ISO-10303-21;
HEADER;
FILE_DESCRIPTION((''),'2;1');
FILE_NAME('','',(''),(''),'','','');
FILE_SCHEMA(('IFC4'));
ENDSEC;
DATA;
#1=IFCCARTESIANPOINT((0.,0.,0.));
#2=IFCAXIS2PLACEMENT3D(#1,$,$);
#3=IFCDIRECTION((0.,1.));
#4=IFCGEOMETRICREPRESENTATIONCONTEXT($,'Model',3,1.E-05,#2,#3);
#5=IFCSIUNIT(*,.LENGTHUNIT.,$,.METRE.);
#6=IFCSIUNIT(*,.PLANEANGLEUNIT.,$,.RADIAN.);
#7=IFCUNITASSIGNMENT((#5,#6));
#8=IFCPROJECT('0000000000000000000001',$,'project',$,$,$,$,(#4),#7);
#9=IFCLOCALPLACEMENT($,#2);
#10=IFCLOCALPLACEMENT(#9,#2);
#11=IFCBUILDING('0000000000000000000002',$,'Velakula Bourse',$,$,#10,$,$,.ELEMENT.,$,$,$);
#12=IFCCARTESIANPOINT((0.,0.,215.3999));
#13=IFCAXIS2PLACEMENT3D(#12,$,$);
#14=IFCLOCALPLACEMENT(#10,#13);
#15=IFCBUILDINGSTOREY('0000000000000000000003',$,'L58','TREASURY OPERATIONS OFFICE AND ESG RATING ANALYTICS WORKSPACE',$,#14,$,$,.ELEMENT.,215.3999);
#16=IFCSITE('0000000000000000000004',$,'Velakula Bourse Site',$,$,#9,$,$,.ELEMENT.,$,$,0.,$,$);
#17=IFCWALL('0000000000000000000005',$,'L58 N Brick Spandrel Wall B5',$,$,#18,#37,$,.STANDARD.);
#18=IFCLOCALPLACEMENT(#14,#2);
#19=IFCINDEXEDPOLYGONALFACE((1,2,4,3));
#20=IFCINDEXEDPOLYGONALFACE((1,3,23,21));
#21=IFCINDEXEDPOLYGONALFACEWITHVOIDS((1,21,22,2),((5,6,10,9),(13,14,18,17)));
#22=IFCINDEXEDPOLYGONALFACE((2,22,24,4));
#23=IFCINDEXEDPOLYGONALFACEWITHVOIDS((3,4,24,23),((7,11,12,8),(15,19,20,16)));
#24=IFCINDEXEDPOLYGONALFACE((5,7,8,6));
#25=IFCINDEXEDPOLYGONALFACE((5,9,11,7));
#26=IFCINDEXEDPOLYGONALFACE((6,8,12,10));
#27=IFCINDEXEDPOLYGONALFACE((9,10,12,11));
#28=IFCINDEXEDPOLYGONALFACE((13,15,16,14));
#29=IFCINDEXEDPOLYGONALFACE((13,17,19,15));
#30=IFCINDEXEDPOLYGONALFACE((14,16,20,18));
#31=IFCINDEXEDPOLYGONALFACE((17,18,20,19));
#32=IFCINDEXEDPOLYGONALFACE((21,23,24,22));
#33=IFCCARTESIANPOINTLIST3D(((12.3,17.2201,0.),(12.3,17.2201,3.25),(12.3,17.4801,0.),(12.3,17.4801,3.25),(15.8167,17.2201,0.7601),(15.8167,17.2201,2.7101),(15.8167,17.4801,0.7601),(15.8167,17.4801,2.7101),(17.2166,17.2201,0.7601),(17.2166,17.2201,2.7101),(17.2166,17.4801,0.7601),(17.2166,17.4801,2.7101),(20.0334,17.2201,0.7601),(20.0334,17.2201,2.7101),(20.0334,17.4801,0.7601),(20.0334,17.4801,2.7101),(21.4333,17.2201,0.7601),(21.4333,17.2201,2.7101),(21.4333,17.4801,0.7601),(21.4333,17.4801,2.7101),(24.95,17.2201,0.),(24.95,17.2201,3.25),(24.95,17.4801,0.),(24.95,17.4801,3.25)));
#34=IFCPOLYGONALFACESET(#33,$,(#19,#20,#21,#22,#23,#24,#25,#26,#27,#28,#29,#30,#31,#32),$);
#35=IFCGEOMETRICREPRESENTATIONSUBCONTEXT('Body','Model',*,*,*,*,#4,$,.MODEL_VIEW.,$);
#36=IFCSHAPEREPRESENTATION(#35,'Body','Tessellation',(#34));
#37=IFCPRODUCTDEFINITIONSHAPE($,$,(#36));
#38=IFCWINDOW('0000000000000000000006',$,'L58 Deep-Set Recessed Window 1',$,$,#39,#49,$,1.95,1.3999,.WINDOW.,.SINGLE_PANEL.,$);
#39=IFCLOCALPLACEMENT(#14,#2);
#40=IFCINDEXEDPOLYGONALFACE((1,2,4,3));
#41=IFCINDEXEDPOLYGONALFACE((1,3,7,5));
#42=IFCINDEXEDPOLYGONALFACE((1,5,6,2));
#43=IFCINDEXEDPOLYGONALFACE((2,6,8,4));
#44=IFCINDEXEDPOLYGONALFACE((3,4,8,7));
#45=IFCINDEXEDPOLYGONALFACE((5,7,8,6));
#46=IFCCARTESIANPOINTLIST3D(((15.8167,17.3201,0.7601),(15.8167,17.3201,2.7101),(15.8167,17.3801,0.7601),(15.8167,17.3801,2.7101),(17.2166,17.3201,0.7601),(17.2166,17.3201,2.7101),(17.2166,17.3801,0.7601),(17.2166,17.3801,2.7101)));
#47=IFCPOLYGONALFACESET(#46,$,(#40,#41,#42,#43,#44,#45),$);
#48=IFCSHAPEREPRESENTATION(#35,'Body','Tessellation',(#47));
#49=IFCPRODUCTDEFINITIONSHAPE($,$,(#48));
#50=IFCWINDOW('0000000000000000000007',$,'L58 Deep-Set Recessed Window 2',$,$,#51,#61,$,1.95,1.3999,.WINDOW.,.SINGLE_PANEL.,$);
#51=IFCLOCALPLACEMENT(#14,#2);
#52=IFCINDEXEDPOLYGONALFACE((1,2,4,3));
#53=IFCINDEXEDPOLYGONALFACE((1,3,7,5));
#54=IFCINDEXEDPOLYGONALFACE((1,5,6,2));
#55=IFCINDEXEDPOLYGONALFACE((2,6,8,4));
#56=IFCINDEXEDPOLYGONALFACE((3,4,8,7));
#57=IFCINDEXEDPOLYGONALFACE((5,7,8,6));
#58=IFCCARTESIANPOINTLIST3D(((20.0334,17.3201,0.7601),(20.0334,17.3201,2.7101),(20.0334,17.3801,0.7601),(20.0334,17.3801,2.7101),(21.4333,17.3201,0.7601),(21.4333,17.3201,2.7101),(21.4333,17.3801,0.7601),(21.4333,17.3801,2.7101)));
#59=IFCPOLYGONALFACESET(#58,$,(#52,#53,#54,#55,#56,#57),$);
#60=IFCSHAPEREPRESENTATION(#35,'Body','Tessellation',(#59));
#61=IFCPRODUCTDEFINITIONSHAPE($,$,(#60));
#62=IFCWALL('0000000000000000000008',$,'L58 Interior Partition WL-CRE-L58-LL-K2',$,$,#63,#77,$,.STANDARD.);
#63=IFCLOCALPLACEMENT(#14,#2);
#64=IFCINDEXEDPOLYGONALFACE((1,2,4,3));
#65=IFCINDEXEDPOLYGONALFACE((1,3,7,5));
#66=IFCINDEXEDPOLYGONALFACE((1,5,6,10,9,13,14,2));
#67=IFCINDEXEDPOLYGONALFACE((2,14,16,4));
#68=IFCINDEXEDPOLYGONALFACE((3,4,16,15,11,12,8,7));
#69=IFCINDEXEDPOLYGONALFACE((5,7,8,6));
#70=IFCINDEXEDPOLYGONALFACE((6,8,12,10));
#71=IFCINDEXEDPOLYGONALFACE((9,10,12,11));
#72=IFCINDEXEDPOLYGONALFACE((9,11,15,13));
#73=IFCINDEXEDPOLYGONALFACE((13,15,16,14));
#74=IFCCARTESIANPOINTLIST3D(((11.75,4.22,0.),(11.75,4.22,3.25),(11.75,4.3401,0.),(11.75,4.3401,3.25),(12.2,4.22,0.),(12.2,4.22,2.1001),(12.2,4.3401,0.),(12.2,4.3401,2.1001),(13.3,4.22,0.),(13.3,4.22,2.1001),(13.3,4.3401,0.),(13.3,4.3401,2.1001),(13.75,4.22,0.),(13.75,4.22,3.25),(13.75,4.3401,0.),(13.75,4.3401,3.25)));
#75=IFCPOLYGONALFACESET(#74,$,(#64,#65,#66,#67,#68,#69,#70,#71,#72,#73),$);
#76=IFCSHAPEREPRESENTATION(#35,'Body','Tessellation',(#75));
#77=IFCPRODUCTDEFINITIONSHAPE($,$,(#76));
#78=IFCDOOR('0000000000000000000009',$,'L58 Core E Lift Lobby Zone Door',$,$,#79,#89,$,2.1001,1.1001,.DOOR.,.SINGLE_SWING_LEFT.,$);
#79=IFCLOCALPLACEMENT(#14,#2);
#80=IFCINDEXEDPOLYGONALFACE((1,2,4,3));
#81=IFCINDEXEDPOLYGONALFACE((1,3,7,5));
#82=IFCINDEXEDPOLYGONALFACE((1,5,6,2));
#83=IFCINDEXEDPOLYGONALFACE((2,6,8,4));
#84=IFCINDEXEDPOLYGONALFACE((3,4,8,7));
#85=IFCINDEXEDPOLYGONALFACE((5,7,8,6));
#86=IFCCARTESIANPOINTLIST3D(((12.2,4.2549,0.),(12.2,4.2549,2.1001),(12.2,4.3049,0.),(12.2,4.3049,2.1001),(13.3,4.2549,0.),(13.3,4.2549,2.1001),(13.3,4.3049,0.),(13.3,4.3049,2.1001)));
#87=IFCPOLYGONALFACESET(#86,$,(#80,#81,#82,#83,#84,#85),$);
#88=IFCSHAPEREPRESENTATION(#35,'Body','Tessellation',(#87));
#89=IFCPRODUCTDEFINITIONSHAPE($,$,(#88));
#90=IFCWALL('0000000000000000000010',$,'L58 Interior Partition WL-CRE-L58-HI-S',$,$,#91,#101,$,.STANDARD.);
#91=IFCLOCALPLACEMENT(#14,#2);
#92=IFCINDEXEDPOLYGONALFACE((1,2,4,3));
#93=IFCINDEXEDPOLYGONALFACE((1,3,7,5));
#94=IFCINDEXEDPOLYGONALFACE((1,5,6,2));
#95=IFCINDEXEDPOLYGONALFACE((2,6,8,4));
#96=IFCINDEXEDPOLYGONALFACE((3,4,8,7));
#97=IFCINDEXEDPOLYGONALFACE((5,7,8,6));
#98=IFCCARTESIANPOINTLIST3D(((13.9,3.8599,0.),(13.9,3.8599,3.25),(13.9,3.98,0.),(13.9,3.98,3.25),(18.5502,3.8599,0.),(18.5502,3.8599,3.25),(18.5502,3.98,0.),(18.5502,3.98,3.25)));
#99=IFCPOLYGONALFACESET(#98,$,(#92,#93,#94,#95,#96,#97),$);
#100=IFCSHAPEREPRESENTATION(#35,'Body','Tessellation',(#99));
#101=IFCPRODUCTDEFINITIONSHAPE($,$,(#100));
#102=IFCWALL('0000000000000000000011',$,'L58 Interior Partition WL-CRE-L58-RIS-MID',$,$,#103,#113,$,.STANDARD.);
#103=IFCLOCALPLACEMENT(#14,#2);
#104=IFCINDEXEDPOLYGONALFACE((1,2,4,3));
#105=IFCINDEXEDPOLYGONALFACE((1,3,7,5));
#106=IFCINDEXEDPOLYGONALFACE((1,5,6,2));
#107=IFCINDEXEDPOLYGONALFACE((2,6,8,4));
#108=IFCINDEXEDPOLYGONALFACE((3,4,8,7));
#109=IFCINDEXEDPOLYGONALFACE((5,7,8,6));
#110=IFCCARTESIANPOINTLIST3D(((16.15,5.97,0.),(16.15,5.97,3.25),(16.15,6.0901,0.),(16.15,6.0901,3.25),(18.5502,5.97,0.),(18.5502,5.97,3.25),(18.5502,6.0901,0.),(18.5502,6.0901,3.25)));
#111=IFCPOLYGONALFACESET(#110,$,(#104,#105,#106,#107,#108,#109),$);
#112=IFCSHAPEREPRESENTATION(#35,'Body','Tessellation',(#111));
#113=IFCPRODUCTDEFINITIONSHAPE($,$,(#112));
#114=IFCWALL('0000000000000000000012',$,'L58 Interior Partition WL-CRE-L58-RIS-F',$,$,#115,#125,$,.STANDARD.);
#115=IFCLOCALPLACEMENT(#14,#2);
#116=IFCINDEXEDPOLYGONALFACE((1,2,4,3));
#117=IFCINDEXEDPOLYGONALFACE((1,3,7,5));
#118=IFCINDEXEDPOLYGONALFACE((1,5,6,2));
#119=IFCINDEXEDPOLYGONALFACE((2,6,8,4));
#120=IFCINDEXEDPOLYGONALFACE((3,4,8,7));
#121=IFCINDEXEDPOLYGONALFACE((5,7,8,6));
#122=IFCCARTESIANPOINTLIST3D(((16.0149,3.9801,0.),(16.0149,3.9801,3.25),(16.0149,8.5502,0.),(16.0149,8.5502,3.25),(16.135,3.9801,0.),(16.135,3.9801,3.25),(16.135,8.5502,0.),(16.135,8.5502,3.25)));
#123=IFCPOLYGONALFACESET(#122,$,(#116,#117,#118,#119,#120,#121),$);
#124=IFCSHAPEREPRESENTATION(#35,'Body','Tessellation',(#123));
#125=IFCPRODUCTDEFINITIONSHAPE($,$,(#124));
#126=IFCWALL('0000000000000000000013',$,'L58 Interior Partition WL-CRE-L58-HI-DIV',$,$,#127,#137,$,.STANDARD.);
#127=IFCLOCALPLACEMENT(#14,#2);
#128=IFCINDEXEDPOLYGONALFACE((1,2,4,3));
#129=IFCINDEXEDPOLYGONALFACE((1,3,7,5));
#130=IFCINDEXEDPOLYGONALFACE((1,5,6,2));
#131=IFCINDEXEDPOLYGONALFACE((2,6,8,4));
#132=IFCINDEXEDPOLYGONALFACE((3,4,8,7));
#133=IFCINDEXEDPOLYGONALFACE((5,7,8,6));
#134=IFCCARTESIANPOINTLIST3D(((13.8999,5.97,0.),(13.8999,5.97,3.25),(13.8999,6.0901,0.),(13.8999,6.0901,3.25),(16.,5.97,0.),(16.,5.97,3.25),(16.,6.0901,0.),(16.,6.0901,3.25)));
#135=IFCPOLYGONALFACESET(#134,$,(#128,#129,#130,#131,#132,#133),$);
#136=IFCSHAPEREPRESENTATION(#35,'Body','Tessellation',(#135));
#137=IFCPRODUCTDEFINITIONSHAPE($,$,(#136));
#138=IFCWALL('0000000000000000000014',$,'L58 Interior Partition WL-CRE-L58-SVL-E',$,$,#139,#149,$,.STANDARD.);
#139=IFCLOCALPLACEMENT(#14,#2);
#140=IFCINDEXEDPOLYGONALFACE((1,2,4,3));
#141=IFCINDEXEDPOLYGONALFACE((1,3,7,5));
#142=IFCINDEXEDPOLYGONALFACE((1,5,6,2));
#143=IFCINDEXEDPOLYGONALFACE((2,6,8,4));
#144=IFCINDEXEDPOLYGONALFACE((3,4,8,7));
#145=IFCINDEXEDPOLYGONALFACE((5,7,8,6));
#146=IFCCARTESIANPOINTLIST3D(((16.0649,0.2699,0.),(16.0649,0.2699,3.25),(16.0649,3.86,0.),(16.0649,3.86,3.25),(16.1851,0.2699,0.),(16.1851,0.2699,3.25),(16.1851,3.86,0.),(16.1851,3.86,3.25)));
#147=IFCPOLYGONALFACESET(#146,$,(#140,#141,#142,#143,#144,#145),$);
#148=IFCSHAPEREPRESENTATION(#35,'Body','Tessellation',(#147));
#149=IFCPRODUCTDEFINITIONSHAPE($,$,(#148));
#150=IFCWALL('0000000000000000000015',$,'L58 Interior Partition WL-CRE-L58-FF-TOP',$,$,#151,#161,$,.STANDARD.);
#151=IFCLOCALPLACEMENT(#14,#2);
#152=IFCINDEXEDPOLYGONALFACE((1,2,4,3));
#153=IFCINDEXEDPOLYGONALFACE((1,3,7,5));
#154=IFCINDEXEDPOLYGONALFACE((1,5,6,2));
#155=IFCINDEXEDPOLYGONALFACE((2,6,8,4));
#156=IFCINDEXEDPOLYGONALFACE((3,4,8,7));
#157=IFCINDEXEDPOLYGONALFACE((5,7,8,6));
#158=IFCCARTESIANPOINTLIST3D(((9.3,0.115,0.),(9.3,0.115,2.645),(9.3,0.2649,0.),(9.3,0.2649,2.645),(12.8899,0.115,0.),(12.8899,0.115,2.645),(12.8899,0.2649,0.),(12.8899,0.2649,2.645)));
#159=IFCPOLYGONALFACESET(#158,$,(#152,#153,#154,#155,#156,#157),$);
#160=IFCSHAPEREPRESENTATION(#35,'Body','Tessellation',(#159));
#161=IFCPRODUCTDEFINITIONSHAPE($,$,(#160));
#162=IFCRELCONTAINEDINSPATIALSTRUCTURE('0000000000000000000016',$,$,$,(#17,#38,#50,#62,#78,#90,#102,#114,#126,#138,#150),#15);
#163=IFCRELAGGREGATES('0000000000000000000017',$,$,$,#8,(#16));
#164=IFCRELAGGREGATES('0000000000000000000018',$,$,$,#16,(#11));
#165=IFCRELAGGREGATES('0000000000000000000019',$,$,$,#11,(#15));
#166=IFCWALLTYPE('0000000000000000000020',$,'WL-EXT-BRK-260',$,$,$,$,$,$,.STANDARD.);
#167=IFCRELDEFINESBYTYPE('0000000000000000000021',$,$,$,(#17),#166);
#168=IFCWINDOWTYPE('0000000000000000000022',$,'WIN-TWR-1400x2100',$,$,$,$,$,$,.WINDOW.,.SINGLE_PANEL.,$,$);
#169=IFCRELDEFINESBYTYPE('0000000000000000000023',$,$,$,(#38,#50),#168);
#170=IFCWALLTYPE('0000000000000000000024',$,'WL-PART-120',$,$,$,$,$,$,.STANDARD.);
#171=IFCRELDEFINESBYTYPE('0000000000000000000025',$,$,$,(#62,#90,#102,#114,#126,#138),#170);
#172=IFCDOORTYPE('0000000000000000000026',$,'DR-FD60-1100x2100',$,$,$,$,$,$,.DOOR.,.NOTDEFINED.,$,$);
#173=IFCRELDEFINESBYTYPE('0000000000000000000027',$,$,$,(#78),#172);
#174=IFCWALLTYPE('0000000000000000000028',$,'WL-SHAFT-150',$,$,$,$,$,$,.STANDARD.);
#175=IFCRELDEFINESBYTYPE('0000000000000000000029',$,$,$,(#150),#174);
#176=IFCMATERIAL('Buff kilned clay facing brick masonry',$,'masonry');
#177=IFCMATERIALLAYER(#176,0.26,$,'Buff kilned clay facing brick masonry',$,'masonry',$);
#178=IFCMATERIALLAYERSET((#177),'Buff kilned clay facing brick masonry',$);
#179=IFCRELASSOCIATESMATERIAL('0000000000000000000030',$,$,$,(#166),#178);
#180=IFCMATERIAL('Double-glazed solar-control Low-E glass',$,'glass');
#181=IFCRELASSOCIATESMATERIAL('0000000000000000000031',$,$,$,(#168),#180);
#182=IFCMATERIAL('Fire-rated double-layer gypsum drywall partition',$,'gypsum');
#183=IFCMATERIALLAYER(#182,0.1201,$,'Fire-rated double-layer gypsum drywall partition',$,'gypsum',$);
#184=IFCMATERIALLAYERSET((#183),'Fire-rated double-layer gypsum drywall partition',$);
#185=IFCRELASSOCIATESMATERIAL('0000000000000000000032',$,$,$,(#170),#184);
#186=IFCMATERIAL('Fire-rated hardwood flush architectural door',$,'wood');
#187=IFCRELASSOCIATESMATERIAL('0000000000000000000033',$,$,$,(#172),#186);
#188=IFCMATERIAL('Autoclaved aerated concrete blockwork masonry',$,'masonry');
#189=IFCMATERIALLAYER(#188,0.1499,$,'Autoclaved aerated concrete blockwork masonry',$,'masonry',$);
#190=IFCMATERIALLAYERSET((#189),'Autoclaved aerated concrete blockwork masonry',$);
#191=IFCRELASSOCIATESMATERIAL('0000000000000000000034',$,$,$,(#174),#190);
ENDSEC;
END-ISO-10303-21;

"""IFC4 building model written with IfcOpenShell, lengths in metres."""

from ifc_helpers import new_model, si_unit, direction, frame, frame_2d, origin, place, context, subcontext, project, spatial, rectangle, extrude, material, layer, layer_set, type_object, element, fill, save


model = new_model("IFC4")

# Units and contexts
model_context = context("Model", 3, precision=1e-05, world=origin(), true_north=direction((0.0, 1.0)))
body_context = subcontext(model_context, "Body", "Model", "MODEL_VIEW")
ifc_project = project(units=[si_unit("LENGTHUNIT", "METRE"), si_unit("PLANEANGLEUNIT", "RADIAN")], contexts=[model_context])

# Site, building, storey
site_placement = place(None, origin())
site = spatial("IfcSite", under=ifc_project, at=site_placement, Name="Velakula Bourse Site", CompositionType="ELEMENT", RefElevation=0.0)
building_placement = place(site_placement, origin())
building = spatial("IfcBuilding", under=site, at=building_placement, Name="Velakula Bourse", CompositionType="ELEMENT")
storey_placement = place(building_placement, frame((0.0, 0.0, 215.3999)))
storey = spatial("IfcBuildingStorey", under=building, at=storey_placement, Name="L58", Description="TREASURY OPERATIONS OFFICE AND ESG RATING ANALYTICS WORKSPACE", CompositionType="ELEMENT", Elevation=215.3999)

# Wall, openings, windows
ifc_material_1 = material(Name="Buff kilned clay facing brick masonry", Category="masonry")
ifc_layer_1 = layer(ifc_material_1, 0.26, Name="Buff kilned clay facing brick masonry", Category="masonry")
ifc_layer_set_1 = layer_set([ifc_layer_1], Name="Buff kilned clay facing brick masonry")
wall_type_1 = type_object("IfcWallType", Name="WL-EXT-BRK-260", PredefinedType="STANDARD", material=ifc_layer_set_1)
wall_1_placement = place(storey_placement, frame((12.3, 17.3501, 0.0), z_axis=(0.0, 0.0, 1.0), x_axis=(1.0, 0.0, 0.0)))
wall_1 = element("IfcWall", 1, at=wall_1_placement, inside=storey, type_object=wall_type_1, Name="L58 N Brick Spandrel Wall B5", PredefinedType="STANDARD", context=body_context, shape_type="SweptSolid", body=[
    extrude(rectangle(XDim=12.6499, YDim=0.26, at=frame_2d((6.325, 0.0))), origin(), (0.0, 0.0, 1.0), 3.25),
])
opening_1_placement = place(wall_1_placement, frame((3.5166, 0.0, 0.76)))
opening_1 = element("IfcOpeningElement", 2, at=opening_1_placement, cuts=wall_1, PredefinedType="OPENING", context=body_context, shape_type="SweptSolid", body=[
    extrude(rectangle(XDim=1.3999, YDim=1.95, at=frame_2d((0.7, 0.9751))), frame((0.0, 0.1399, 0.0), z_axis=(0.0, -1.0, 0.0), x_axis=(1.0, 0.0, 0.0)), (0.0, 0.0, 1.0), 0.28),
])
opening_2_placement = place(wall_1_placement, frame((7.7334, 0.0, 0.76)))
opening_2 = element("IfcOpeningElement", 3, at=opening_2_placement, cuts=wall_1, PredefinedType="OPENING", context=body_context, shape_type="SweptSolid", body=[
    extrude(rectangle(XDim=1.3999, YDim=1.95, at=frame_2d((0.7, 0.9751))), frame((0.0, 0.1399, 0.0), z_axis=(0.0, -1.0, 0.0), x_axis=(1.0, 0.0, 0.0)), (0.0, 0.0, 1.0), 0.28),
])
ifc_material_2 = material(Name="Double-glazed solar-control Low-E glass", Category="glass")
window_type = type_object("IfcWindowType", Name="WIN-TWR-1400x2100", PartitioningType="SINGLE_PANEL", PredefinedType="WINDOW", material=ifc_material_2)
window_1_placement = place(opening_1_placement, origin())
window_1 = element("IfcWindow", 4, at=window_1_placement, inside=storey, type_object=window_type, Name="L58 Deep-Set Recessed Window 1", OverallHeight=1.95, OverallWidth=1.3999, PartitioningType="SINGLE_PANEL", PredefinedType="WINDOW", context=body_context, shape_type="SweptSolid", body=[
    extrude(rectangle(XDim=1.3999, YDim=1.95, at=frame_2d((0.7, 0.9751))), frame((0.0, 0.03, 0.0), z_axis=(0.0, -1.0, 0.0), x_axis=(1.0, 0.0, 0.0)), (0.0, 0.0, 1.0), 0.0601),
])
fill(opening_1, window_1)
window_2_placement = place(opening_2_placement, origin())
window_2 = element("IfcWindow", 5, at=window_2_placement, inside=storey, type_object=window_type, Name="L58 Deep-Set Recessed Window 2", OverallHeight=1.95, OverallWidth=1.3999, PartitioningType="SINGLE_PANEL", PredefinedType="WINDOW", context=body_context, shape_type="SweptSolid", body=[
    extrude(rectangle(XDim=1.3999, YDim=1.95, at=frame_2d((0.7, 0.9751))), frame((0.0, 0.03, 0.0), z_axis=(0.0, -1.0, 0.0), x_axis=(1.0, 0.0, 0.0)), (0.0, 0.0, 1.0), 0.0601),
])
fill(opening_2, window_2)

# Wall, opening, door
ifc_material_3 = material(Name="Fire-rated double-layer gypsum drywall partition", Category="gypsum")
ifc_layer_2 = layer(ifc_material_3, 0.1201, Name="Fire-rated double-layer gypsum drywall partition", Category="gypsum")
ifc_layer_set_2 = layer_set([ifc_layer_2], Name="Fire-rated double-layer gypsum drywall partition")
wall_type_2 = type_object("IfcWallType", Name="WL-PART-120", PredefinedType="STANDARD", material=ifc_layer_set_2)
wall_2_placement = place(storey_placement, frame((11.75, 4.28, 0.0), z_axis=(0.0, 0.0, 1.0), x_axis=(1.0, 0.0, 0.0)))
wall_2 = element("IfcWall", 6, at=wall_2_placement, inside=storey, type_object=wall_type_2, Name="L58 Interior Partition WL-CRE-L58-LL-K2", PredefinedType="STANDARD", context=body_context, shape_type="SweptSolid", body=[
    extrude(rectangle(XDim=2.0, YDim=0.1201, at=frame_2d((1.0, 0.0))), origin(), (0.0, 0.0, 1.0), 3.25),
])
opening_3_placement = place(wall_2_placement, frame((0.45, 0.0, 0.0)))
opening_3 = element("IfcOpeningElement", 7, at=opening_3_placement, cuts=wall_2, PredefinedType="OPENING", context=body_context, shape_type="SweptSolid", body=[
    extrude(rectangle(XDim=1.1001, YDim=2.1001, at=frame_2d((0.55, 1.05))), frame((0.0, 0.0701, 0.0), z_axis=(0.0, -1.0, 0.0), x_axis=(1.0, 0.0, 0.0)), (0.0, 0.0, 1.0), 0.1401),
])
ifc_material_4 = material(Name="Fire-rated hardwood flush architectural door", Category="wood")
door_type_1 = type_object("IfcDoorType", Name="DR-FD60-1100x2100", OperationType="NOTDEFINED", PredefinedType="DOOR", material=ifc_material_4)
door_1_placement = place(opening_3_placement, origin())
door_1 = element("IfcDoor", 8, at=door_1_placement, inside=storey, type_object=door_type_1, Name="L58 Core E Lift Lobby Zone Door", OperationType="SINGLE_SWING_LEFT", OverallHeight=2.1001, OverallWidth=1.1001, PredefinedType="DOOR", context=body_context, shape_type="SweptSolid", body=[
    extrude(rectangle(XDim=1.1001, YDim=2.1001, at=frame_2d((0.55, 1.05))), frame((0.0, 0.0249, 0.0), z_axis=(0.0, -1.0, 0.0), x_axis=(1.0, 0.0, 0.0)), (0.0, 0.0, 1.0), 0.05),
])
fill(opening_3, door_1)

# Walls
wall_3_placement = place(storey_placement, frame((13.8999, 3.9199, 0.0), z_axis=(0.0, 0.0, 1.0), x_axis=(1.0, 0.0, 0.0)))
element("IfcWall", 9, at=wall_3_placement, inside=storey, type_object=wall_type_2, Name="L58 Interior Partition WL-CRE-L58-HI-S", PredefinedType="STANDARD", context=body_context, shape_type="SweptSolid", body=[
    extrude(rectangle(XDim=4.6501, YDim=0.1201, at=frame_2d((2.3252, 0.0))), origin(), (0.0, 0.0, 1.0), 3.25),
])
wall_4_placement = place(storey_placement, frame((16.1499, 6.03, 0.0), z_axis=(0.0, 0.0, 1.0), x_axis=(1.0, 0.0, 0.0)))
element("IfcWall", 10, at=wall_4_placement, inside=storey, type_object=wall_type_2, Name="L58 Interior Partition WL-CRE-L58-RIS-MID", PredefinedType="STANDARD", context=body_context, shape_type="SweptSolid", body=[
    extrude(rectangle(XDim=2.4001, YDim=0.1201, at=frame_2d((1.2002, 0.0))), origin(), (0.0, 0.0, 1.0), 3.25),
])
wall_5_placement = place(storey_placement, frame((16.075, 3.98, 0.0), z_axis=(0.0, 0.0, 1.0), x_axis=(0.0, 1.0, 0.0)))
element("IfcWall", 11, at=wall_5_placement, inside=storey, type_object=wall_type_2, Name="L58 Interior Partition WL-CRE-L58-RIS-F", PredefinedType="STANDARD", context=body_context, shape_type="SweptSolid", body=[
    extrude(rectangle(XDim=4.5701, YDim=0.1201, at=frame_2d((2.2852, 0.0))), origin(), (0.0, 0.0, 1.0), 3.25),
])
wall_6_placement = place(storey_placement, frame((13.8999, 6.03, 0.0), z_axis=(0.0, 0.0, 1.0), x_axis=(1.0, 0.0, 0.0)))
element("IfcWall", 12, at=wall_6_placement, inside=storey, type_object=wall_type_2, Name="L58 Interior Partition WL-CRE-L58-HI-DIV", PredefinedType="STANDARD", context=body_context, shape_type="SweptSolid", body=[
    extrude(rectangle(XDim=2.1001, YDim=0.1201, at=frame_2d((1.05, 0.0))), origin(), (0.0, 0.0, 1.0), 3.25),
])
wall_7_placement = place(storey_placement, frame((16.125, 0.27, 0.0), z_axis=(0.0, 0.0, 1.0), x_axis=(0.0, 1.0, 0.0)))
element("IfcWall", 13, at=wall_7_placement, inside=storey, type_object=wall_type_2, Name="L58 Interior Partition WL-CRE-L58-SVL-E", PredefinedType="STANDARD", context=body_context, shape_type="SweptSolid", body=[
    extrude(rectangle(XDim=3.5901, YDim=0.1201, at=frame_2d((1.7949, 0.0))), origin(), (0.0, 0.0, 1.0), 3.25),
])
ifc_material_5 = material(Name="Autoclaved aerated concrete blockwork masonry", Category="masonry")
ifc_layer_3 = layer(ifc_material_5, 0.1499, Name="Autoclaved aerated concrete blockwork masonry", Category="masonry")
ifc_layer_set_3 = layer_set([ifc_layer_3], Name="Autoclaved aerated concrete blockwork masonry")
wall_type_3 = type_object("IfcWallType", Name="WL-SHAFT-150", PredefinedType="STANDARD", material=ifc_layer_set_3)
wall_8_placement = place(storey_placement, frame((9.3, 0.1899, 0.0), z_axis=(0.0, 0.0, 1.0), x_axis=(1.0, 0.0, 0.0)))
element("IfcWall", 14, at=wall_8_placement, inside=storey, type_object=wall_type_3, Name="L58 Interior Partition WL-CRE-L58-FF-TOP", PredefinedType="STANDARD", context=body_context, shape_type="SweptSolid", body=[
    extrude(rectangle(XDim=3.5898, YDim=0.1499, at=frame_2d((1.7949, 0.0))), origin(), (0.0, 0.0, 1.0), 2.645),
])

save(model, "model.ifc")
